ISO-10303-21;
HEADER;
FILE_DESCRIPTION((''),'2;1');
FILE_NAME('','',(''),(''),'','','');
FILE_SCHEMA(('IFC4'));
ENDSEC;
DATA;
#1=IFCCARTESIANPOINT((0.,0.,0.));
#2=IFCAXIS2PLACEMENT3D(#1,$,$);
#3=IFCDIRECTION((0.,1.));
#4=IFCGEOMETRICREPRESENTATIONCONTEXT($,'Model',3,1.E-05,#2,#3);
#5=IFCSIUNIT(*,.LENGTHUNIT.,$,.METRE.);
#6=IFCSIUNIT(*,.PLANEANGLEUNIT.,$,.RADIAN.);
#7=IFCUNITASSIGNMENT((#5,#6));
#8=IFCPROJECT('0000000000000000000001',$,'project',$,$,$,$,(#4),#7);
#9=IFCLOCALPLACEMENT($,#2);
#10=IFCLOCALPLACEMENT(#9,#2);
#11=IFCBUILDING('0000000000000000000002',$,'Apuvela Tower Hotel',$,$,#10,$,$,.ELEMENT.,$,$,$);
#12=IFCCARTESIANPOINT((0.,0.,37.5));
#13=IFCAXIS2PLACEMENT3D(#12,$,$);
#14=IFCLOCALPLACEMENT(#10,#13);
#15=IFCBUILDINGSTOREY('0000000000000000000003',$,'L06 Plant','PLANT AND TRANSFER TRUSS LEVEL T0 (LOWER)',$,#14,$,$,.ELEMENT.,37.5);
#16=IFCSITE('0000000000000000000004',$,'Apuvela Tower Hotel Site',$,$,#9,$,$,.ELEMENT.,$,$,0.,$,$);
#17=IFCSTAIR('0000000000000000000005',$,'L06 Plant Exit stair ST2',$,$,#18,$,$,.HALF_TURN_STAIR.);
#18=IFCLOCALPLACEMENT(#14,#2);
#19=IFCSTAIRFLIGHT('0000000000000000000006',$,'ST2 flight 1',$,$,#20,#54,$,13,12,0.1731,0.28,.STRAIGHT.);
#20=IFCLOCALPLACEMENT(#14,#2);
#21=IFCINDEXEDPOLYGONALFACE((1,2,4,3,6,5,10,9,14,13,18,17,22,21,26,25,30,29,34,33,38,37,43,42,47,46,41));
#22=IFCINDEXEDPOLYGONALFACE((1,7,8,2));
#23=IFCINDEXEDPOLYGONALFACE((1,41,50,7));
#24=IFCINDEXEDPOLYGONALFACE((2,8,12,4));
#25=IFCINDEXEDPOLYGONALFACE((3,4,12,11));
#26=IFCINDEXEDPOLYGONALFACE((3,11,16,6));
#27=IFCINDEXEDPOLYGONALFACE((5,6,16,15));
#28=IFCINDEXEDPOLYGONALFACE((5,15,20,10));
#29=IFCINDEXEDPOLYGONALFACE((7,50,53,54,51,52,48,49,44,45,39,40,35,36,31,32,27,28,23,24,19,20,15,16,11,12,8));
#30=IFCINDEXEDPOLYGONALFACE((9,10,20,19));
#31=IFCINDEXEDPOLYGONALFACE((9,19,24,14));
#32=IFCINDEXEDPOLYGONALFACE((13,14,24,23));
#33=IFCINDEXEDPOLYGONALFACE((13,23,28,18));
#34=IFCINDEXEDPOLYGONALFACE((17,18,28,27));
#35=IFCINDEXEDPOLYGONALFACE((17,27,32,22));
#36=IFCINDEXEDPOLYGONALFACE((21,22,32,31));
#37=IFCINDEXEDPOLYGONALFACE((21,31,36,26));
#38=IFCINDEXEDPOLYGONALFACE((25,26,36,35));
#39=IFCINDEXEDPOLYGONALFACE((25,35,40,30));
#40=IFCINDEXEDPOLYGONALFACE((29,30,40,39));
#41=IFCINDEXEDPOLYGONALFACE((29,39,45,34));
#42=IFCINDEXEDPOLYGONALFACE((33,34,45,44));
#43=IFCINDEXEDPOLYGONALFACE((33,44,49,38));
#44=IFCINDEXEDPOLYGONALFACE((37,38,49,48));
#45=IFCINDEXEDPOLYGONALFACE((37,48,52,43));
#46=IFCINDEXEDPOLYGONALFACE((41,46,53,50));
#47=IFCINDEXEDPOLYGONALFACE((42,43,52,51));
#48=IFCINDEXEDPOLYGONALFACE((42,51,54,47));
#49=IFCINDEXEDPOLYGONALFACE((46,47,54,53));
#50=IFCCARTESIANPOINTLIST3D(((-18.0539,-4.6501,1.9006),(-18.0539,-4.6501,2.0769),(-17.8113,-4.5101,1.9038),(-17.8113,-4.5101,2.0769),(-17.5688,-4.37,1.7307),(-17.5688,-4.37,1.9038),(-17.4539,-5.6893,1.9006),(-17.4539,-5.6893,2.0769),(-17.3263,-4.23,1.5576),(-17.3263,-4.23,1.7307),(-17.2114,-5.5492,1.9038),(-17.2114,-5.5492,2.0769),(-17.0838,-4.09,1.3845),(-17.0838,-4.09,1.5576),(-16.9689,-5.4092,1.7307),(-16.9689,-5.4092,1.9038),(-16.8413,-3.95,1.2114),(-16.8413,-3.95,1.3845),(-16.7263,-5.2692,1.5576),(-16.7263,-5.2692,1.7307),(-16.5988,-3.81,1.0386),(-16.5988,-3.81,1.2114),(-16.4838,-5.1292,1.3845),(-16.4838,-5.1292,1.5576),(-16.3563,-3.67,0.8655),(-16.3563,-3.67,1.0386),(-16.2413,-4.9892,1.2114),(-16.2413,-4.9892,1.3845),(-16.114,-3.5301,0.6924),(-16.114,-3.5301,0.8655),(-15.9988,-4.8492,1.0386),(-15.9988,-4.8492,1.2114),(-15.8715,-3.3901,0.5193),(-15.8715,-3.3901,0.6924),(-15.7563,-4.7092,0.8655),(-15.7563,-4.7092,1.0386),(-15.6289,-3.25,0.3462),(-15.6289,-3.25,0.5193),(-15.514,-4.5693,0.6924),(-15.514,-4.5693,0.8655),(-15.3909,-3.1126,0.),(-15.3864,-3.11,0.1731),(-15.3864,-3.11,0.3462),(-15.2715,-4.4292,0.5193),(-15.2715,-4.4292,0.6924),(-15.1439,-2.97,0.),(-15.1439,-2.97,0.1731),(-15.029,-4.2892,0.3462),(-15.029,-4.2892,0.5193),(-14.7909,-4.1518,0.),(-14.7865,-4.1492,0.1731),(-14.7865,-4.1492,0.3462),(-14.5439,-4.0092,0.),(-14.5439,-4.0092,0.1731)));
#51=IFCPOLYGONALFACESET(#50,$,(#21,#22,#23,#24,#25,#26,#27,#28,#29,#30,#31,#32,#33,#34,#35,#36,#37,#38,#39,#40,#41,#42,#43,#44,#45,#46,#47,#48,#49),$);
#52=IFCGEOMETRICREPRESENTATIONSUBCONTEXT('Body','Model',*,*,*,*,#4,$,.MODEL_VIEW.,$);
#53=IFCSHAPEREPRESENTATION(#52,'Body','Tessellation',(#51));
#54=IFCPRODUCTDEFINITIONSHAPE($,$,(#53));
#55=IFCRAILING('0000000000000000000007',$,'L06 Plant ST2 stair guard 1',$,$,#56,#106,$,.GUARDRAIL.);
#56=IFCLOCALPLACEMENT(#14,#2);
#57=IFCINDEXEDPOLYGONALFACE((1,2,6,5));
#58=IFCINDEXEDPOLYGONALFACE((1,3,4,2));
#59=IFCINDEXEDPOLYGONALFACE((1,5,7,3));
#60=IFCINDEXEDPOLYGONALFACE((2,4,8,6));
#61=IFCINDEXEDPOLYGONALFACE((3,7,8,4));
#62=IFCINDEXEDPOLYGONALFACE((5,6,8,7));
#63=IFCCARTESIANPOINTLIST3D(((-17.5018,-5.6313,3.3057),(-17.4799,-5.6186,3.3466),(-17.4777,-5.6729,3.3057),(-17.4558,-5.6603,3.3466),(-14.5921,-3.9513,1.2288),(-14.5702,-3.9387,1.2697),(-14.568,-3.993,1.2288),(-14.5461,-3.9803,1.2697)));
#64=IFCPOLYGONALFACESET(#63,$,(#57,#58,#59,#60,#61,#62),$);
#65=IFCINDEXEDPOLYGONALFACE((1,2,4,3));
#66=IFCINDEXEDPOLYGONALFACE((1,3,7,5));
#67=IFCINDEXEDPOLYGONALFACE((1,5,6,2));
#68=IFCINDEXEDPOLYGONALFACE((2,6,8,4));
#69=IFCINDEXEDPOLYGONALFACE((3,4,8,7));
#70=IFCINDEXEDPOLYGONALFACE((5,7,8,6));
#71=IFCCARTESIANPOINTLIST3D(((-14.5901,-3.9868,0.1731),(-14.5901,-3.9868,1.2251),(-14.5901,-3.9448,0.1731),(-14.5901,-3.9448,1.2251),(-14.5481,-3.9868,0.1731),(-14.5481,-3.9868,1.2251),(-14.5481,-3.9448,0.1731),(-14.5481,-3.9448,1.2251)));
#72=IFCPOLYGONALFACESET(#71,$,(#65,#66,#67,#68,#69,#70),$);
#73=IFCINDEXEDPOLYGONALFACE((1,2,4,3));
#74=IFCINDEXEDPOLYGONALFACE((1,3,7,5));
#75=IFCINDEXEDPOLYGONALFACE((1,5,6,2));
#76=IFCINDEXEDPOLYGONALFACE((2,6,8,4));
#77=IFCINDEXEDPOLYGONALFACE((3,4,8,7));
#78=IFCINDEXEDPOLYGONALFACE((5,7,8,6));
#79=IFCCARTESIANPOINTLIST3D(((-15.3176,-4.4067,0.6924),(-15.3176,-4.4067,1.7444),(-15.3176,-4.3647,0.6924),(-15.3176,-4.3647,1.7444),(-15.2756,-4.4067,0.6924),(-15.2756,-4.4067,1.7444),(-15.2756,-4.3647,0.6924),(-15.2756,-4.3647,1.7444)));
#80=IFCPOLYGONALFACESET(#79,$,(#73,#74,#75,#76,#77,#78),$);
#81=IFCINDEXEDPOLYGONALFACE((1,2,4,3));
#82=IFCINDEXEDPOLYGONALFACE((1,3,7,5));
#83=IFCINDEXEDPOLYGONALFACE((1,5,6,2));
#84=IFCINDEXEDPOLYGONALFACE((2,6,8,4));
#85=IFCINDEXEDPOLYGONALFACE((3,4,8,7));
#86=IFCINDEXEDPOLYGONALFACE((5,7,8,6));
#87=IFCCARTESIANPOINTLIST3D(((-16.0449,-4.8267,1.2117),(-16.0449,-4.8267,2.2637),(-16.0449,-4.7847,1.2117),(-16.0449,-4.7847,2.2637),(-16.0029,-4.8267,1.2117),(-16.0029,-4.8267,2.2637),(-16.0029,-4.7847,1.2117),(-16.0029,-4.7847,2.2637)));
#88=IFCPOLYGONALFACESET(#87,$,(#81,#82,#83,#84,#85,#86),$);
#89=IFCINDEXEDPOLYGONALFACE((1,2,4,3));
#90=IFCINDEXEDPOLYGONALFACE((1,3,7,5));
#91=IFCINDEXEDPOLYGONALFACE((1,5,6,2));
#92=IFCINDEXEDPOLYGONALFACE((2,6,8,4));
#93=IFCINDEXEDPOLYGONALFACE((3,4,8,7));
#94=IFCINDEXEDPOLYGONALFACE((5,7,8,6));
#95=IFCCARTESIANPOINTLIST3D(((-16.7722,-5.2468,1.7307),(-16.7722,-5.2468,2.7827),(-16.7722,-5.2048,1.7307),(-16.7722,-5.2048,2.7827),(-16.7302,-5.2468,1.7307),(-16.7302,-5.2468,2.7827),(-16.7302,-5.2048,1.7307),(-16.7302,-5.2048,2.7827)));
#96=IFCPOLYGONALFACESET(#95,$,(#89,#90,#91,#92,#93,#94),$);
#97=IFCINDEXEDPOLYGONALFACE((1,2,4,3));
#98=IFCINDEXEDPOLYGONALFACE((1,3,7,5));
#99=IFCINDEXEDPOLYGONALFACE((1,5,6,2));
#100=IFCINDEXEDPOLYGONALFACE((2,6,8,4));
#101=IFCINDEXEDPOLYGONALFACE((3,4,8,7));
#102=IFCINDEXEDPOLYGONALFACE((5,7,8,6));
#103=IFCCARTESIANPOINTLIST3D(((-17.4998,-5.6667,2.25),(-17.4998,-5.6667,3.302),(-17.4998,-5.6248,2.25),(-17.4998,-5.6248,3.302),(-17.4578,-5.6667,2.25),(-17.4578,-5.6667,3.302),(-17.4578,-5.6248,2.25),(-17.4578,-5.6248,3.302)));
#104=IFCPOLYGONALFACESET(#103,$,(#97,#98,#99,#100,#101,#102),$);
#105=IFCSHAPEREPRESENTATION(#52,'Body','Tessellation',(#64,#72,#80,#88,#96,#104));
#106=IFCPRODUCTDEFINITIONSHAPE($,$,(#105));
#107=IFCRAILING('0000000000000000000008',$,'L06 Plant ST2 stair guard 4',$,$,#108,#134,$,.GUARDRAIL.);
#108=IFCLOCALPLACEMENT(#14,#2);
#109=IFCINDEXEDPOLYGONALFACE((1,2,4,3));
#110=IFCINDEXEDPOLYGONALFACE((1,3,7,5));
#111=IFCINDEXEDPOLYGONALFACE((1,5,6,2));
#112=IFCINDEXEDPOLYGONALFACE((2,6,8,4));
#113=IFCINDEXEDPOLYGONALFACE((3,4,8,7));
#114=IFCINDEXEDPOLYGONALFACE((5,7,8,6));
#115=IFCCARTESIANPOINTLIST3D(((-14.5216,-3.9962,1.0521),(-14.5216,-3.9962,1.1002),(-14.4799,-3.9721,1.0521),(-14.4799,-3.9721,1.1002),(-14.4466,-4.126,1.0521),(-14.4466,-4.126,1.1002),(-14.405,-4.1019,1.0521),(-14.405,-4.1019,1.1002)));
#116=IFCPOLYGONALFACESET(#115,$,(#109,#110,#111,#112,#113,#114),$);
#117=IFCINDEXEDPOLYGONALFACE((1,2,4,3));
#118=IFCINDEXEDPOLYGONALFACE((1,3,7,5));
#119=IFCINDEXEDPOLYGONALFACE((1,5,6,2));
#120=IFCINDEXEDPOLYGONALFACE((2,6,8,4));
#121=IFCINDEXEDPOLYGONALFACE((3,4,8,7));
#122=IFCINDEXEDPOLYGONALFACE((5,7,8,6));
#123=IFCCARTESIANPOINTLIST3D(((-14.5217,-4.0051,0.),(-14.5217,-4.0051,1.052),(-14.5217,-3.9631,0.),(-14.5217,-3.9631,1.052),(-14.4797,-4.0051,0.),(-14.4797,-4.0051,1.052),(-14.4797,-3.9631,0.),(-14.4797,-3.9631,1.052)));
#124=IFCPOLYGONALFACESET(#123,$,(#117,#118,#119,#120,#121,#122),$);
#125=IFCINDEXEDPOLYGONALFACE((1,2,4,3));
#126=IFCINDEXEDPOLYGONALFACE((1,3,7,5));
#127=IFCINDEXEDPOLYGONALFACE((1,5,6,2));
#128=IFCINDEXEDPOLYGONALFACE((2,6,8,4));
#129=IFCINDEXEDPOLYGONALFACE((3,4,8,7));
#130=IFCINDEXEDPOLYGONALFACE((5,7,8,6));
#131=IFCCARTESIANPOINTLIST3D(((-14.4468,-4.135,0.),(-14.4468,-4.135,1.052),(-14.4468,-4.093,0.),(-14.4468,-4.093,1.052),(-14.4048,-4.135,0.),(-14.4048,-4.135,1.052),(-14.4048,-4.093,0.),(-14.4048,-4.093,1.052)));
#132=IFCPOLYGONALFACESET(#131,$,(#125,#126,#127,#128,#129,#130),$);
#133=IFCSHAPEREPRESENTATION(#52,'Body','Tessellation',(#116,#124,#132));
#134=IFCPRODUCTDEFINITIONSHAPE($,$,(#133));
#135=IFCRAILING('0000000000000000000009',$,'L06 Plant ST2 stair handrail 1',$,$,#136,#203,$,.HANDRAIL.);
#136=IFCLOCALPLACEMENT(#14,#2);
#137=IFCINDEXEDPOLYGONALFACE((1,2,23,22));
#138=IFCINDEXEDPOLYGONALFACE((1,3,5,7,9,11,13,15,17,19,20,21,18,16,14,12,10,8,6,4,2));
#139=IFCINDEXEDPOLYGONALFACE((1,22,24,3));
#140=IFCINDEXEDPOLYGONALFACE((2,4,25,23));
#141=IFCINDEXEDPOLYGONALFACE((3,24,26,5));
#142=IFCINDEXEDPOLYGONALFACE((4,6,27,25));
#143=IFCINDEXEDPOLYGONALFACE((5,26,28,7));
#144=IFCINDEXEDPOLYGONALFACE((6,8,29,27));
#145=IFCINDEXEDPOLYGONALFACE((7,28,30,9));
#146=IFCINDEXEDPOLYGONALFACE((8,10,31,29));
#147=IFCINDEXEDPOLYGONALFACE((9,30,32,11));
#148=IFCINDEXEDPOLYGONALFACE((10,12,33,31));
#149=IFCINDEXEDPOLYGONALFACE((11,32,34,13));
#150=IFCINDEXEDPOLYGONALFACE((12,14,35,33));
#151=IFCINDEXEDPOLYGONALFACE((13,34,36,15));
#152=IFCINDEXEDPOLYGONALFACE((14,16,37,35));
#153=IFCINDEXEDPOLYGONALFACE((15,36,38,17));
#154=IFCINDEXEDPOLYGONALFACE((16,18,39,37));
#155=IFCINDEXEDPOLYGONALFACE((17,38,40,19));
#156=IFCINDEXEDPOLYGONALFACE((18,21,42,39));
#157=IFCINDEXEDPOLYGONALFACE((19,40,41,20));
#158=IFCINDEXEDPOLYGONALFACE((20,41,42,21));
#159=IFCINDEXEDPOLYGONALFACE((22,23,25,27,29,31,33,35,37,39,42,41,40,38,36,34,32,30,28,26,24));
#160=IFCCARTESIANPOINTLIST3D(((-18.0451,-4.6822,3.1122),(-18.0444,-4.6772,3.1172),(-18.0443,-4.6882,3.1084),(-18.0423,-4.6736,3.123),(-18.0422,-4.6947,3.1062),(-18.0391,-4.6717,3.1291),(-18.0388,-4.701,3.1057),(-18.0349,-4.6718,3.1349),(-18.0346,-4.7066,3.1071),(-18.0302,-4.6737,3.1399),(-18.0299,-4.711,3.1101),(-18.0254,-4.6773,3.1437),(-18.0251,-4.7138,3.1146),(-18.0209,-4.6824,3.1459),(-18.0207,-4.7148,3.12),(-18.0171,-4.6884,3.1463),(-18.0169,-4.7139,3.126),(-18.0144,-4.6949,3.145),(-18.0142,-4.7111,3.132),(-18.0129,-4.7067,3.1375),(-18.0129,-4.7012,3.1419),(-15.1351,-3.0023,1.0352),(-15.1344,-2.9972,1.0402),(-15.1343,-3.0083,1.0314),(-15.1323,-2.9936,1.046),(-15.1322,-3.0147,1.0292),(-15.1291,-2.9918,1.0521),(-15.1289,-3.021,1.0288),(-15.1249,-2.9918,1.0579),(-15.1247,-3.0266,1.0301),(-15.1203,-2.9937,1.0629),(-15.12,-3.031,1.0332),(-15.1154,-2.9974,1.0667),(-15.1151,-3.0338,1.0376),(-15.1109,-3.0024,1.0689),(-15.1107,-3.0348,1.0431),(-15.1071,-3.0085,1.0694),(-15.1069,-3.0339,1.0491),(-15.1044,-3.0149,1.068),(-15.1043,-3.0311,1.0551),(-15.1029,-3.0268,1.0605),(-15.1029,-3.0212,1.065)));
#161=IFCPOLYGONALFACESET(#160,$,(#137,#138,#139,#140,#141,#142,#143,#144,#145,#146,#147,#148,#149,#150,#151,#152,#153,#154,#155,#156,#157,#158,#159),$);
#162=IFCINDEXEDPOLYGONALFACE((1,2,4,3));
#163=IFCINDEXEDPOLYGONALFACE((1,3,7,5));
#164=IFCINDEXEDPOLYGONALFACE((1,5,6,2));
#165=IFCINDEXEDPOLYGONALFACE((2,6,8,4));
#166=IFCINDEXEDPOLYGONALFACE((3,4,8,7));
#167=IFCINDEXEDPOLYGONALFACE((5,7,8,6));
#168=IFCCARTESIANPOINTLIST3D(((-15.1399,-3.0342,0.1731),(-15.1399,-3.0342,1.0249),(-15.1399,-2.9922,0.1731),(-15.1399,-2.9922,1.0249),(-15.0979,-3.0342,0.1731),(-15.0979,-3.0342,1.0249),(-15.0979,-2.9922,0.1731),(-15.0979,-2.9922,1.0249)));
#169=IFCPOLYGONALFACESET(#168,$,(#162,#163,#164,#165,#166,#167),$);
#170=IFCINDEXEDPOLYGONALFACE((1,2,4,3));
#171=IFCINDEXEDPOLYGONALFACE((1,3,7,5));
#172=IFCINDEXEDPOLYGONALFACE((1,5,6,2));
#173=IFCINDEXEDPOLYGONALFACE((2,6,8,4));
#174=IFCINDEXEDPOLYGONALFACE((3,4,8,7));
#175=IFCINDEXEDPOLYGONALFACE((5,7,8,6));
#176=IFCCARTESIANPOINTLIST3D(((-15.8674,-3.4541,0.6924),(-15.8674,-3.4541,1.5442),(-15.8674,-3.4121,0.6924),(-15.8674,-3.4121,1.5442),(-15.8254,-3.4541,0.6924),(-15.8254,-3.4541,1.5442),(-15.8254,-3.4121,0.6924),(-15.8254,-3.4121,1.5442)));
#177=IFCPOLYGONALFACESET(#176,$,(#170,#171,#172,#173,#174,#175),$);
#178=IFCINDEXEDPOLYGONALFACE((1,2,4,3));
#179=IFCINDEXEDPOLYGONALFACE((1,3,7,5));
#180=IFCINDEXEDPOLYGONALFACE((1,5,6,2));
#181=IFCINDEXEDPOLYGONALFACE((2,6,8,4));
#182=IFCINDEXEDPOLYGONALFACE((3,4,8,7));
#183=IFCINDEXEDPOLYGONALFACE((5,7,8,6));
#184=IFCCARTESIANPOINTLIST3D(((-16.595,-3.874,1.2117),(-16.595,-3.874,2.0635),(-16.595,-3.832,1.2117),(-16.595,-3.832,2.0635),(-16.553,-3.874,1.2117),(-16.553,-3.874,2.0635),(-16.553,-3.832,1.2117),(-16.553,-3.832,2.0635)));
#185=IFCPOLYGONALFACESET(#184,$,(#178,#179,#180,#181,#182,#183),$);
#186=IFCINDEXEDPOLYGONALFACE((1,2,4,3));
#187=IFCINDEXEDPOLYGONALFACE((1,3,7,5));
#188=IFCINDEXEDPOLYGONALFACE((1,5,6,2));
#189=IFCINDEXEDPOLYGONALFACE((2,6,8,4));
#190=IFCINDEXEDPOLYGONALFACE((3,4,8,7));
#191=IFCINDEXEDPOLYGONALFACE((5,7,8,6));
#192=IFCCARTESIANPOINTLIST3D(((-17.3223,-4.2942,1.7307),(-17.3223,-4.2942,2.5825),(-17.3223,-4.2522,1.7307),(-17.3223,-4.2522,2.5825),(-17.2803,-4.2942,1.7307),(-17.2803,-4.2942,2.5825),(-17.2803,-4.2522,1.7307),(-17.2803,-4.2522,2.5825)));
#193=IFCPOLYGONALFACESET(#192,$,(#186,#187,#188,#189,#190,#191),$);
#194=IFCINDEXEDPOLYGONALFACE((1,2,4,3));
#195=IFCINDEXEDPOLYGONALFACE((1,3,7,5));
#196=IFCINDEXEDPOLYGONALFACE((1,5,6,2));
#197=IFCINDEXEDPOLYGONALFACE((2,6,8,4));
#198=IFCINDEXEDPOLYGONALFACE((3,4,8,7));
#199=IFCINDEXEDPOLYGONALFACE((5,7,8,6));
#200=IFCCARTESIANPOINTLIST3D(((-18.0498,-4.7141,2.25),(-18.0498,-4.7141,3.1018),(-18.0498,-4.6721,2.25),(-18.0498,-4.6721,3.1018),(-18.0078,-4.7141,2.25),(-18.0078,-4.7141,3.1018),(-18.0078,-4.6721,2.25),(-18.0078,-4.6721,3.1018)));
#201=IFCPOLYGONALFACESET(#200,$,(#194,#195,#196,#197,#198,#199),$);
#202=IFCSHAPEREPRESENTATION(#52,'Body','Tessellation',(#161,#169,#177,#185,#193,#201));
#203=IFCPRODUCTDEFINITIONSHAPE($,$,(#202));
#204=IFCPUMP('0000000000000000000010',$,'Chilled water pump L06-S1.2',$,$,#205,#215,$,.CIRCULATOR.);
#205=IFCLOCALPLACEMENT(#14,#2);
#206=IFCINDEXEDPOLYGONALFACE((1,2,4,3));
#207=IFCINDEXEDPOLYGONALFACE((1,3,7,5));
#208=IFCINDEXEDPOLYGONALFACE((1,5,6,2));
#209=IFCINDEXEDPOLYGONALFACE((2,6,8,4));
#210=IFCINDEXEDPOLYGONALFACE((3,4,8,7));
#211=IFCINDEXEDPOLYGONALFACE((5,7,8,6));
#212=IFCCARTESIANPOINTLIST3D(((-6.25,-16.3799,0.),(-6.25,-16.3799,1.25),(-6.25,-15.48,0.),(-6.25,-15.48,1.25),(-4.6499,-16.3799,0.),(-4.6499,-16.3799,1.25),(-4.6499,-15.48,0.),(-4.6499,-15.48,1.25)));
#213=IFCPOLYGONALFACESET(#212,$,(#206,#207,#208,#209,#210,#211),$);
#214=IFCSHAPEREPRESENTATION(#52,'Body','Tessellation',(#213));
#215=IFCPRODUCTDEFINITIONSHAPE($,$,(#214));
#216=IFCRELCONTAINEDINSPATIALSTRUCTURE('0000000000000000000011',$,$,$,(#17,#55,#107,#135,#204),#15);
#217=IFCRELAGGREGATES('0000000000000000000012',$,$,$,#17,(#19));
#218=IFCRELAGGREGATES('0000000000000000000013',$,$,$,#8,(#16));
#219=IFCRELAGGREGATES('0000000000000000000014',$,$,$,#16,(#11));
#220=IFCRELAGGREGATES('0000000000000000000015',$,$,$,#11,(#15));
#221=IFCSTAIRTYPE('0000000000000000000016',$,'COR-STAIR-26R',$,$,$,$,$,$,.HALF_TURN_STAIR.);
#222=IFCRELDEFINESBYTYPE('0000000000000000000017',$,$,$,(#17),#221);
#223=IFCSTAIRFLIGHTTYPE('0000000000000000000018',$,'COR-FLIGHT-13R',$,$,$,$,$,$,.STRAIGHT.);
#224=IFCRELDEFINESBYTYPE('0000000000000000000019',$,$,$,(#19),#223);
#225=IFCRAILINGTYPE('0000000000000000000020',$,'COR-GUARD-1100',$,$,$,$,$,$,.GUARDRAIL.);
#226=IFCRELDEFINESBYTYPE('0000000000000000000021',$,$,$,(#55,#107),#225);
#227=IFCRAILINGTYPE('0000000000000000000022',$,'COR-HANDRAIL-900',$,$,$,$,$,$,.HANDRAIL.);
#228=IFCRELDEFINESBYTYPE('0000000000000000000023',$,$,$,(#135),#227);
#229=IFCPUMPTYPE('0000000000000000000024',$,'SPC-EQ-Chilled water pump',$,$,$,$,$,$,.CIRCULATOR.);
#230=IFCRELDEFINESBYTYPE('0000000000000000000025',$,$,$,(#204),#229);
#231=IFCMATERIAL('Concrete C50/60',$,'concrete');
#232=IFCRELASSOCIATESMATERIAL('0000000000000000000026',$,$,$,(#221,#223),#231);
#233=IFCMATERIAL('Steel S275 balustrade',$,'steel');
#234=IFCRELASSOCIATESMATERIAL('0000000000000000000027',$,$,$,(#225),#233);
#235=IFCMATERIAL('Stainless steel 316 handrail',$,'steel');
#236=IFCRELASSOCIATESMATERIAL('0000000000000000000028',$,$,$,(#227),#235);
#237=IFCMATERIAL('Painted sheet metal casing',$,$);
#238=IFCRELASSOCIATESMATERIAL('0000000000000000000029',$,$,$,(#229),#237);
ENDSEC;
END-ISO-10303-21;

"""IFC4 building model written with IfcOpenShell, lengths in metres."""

from ifc_helpers import new_model, si_unit, direction, frame, origin, origin_2d, place, context, subcontext, project, spatial, polyline, rectangle, circle, outline, extrude, material, type_object, element, aggregate, save


model = new_model("IFC4")

# Units and contexts
model_context = context("Model", 3, precision=1e-05, world=origin(), true_north=direction((0.0, 1.0)))
body_context = subcontext(model_context, "Body", "Model", "MODEL_VIEW")
ifc_project = project(units=[si_unit("LENGTHUNIT", "METRE"), si_unit("PLANEANGLEUNIT", "RADIAN")], contexts=[model_context])

# Site, building, storey
site_placement = place(None, origin())
site = spatial("IfcSite", under=ifc_project, at=site_placement, Name="Apuvela Tower Hotel Site", CompositionType="ELEMENT", RefElevation=0.0)
building_placement = place(site_placement, origin())
building = spatial("IfcBuilding", under=site, at=building_placement, Name="Apuvela Tower Hotel", CompositionType="ELEMENT")
storey_placement = place(building_placement, frame((0.0, 0.0, 37.5)))
storey = spatial("IfcBuildingStorey", under=building, at=storey_placement, Name="L06 Plant", Description="PLANT AND TRANSFER TRUSS LEVEL T0 (LOWER)", CompositionType="ELEMENT", Elevation=37.5)

# Shared definitions
ifc_material_1 = material(Name="Concrete C50/60", Category="concrete")

# Stair, stair flight
stair_type = type_object("IfcStairType", Name="COR-STAIR-26R", PredefinedType="HALF_TURN_STAIR", material=ifc_material_1)
stair_placement = place(storey_placement, origin())
stair = element("IfcStair", 1, at=stair_placement, inside=storey, type_object=stair_type, Name="L06 Plant Exit stair ST2", PredefinedType="HALF_TURN_STAIR")
stair_flight_type = type_object("IfcStairFlightType", Name="COR-FLIGHT-13R", PredefinedType="STRAIGHT", material=ifc_material_1)
stair_flight_placement = place(storey_placement, frame((-14.844, -3.4895, 0.0), z_axis=(0.0, 0.0, 1.0), x_axis=(-0.866025, -0.5, 0.0)))
stair_flight = element("IfcStairFlight", 2, at=stair_flight_placement, type_object=stair_flight_type, Name="ST2 flight 1", NumberOfRisers=13, NumberOfTreads=12, PredefinedType="STRAIGHT", RiserHeight=0.1731, TreadLength=0.28, context=body_context, shape_type="SweptSolid", body=[
    extrude(outline(polyline([(0.0, 0.0), (0.0, 0.1731), (0.28, 0.1731), (0.28, 0.3462), (0.5601, 0.3462), (0.5601, 0.5193), (0.8401, 0.5193), (0.8401, 0.6924), (1.1201, 0.6924), (1.1201, 0.8655), (1.3999, 0.8655), (1.3999, 1.0386), (1.6799, 1.0386), (1.6799, 1.2114), (1.96, 1.2114), (1.96, 1.3845), (2.24, 1.3845), (2.24, 1.5576), (2.52, 1.5576), (2.52, 1.7307), (2.8, 1.7307), (2.8, 1.9038), (3.0801, 1.9038), (3.0801, 2.0769), (3.3601, 2.0769), (3.3601, 2.25), (3.3601, 1.9006), (0.2852, 0.0), (0.0, 0.0)])), frame((0.0, 0.6001, 0.0), z_axis=(0.0, -1.0, 0.0), x_axis=(1.0, 0.0, 0.0)), (0.0, 0.0, 1.0), 1.2),
])
aggregate(stair, [stair_flight])

# Railings
ifc_material_2 = material(Name="Steel S275 balustrade", Category="steel")
railing_type_1 = type_object("IfcRailingType", Name="COR-GUARD-1100", PredefinedType="GUARDRAIL", material=ifc_material_2)
railing_1_placement = place(storey_placement, frame((-14.5691, -3.9658, 0.1731)))
element("IfcRailing", 3, at=railing_1_placement, inside=storey, type_object=railing_type_1, Name="L06 Plant ST2 stair guard 1", PredefinedType="GUARDRAIL", context=body_context, shape_type="SweptSolid", body=[
    extrude(rectangle(XDim=0.0481, YDim=0.0481, at=origin_2d()), frame((0.0, 0.0, 1.0762), z_axis=(-0.73664, -0.425308, 0.525809), x_axis=(0.500008, -0.866021, 0.0)), (0.0, 0.0, 1.0), 3.95),
    extrude(rectangle(XDim=0.042, YDim=0.042, at=origin_2d()), origin(), (0.0, 0.0, 1.0), 1.052),
    extrude(rectangle(XDim=0.042, YDim=0.042, at=origin_2d()), frame((-0.7275, -0.4199, 0.5193)), (0.0, 0.0, 1.0), 1.052),
    extrude(rectangle(XDim=0.042, YDim=0.042, at=origin_2d()), frame((-1.4548, -0.8398, 1.0386)), (0.0, 0.0, 1.0), 1.052),
    extrude(rectangle(XDim=0.042, YDim=0.042, at=origin_2d()), frame((-2.1821, -1.26, 1.5576)), (0.0, 0.0, 1.0), 1.052),
    extrude(rectangle(XDim=0.042, YDim=0.042, at=origin_2d()), frame((-2.9097, -1.6799, 2.0769)), (0.0, 0.0, 1.0), 1.052),
])
railing_2_placement = place(storey_placement, frame((-14.5007, -3.9841, 0.0)))
element("IfcRailing", 4, at=railing_2_placement, inside=storey, type_object=railing_type_1, Name="L06 Plant ST2 stair guard 4", PredefinedType="GUARDRAIL", context=body_context, shape_type="SweptSolid", body=[
    extrude(rectangle(XDim=0.0481, YDim=0.0481, at=origin_2d()), frame((0.0, 0.0, 1.0762), z_axis=(0.499816, -0.866131, 0.0), x_axis=(0.866131, 0.499816, 0.0)), (0.0, 0.0, 1.0), 0.1499),
    extrude(rectangle(XDim=0.042, YDim=0.042, at=origin_2d()), origin(), (0.0, 0.0, 1.0), 1.052),
    extrude(rectangle(XDim=0.042, YDim=0.042, at=origin_2d()), frame((0.075, -0.1299, 0.0)), (0.0, 0.0, 1.0), 1.052),
])
ifc_material_3 = material(Name="Stainless steel 316 handrail", Category="steel")
railing_type_2 = type_object("IfcRailingType", Name="COR-HANDRAIL-900", PredefinedType="HANDRAIL", material=ifc_material_3)
railing_3_placement = place(storey_placement, frame((-15.1189, -3.0132, 0.1731)))
element("IfcRailing", 5, at=railing_3_placement, inside=storey, type_object=railing_type_2, Name="L06 Plant ST2 stair handrail 1", PredefinedType="HANDRAIL", context=body_context, shape_type="SweptSolid", body=[
    extrude(circle(Radius=0.0239, at=origin_2d()), frame((0.0, 0.0, 0.876), z_axis=(-0.736668, -0.425288, 0.525785), x_axis=(0.499976, -0.866039, 0.0)), (0.0, 0.0, 1.0), 3.9502),
    extrude(rectangle(XDim=0.042, YDim=0.042, at=origin_2d()), origin(), (0.0, 0.0, 1.0), 0.8518),
    extrude(rectangle(XDim=0.042, YDim=0.042, at=origin_2d()), frame((-0.7275, -0.4199, 0.5193)), (0.0, 0.0, 1.0), 0.8518),
    extrude(rectangle(XDim=0.042, YDim=0.042, at=origin_2d()), frame((-1.4551, -0.8398, 1.0386)), (0.0, 0.0, 1.0), 0.8518),
    extrude(rectangle(XDim=0.042, YDim=0.042, at=origin_2d()), frame((-2.1824, -1.26, 1.5576)), (0.0, 0.0, 1.0), 0.8518),
    extrude(rectangle(XDim=0.042, YDim=0.042, at=origin_2d()), frame((-2.9099, -1.6799, 2.0769)), (0.0, 0.0, 1.0), 0.8518),
])

# Pump
ifc_material_4 = material(Name="Painted sheet metal casing")
pump_type_1 = type_object("IfcPumpType", Name="SPC-EQ-Chilled water pump", PredefinedType="CIRCULATOR", material=ifc_material_4)
for number, where, z_axis, x_axis, name in (
    (6, (-5.45, -15.9299, 0.0), (0.0, 0.0, 1.0), (1.0, 0.0, 0.0), "Chilled water pump L06-S1.2"),
):
    element("IfcPump", number, at=place(storey_placement, frame(where, z_axis=z_axis, x_axis=x_axis)), inside=storey, type_object=pump_type_1, Name=name, PredefinedType="CIRCULATOR", context=body_context, shape_type="SweptSolid", body=[
        extrude(rectangle(XDim=1.6001, YDim=0.8999, at=origin_2d()), origin(), (0.0, 0.0, 1.0), 1.25),
    ])

save(model, "model.ifc")
